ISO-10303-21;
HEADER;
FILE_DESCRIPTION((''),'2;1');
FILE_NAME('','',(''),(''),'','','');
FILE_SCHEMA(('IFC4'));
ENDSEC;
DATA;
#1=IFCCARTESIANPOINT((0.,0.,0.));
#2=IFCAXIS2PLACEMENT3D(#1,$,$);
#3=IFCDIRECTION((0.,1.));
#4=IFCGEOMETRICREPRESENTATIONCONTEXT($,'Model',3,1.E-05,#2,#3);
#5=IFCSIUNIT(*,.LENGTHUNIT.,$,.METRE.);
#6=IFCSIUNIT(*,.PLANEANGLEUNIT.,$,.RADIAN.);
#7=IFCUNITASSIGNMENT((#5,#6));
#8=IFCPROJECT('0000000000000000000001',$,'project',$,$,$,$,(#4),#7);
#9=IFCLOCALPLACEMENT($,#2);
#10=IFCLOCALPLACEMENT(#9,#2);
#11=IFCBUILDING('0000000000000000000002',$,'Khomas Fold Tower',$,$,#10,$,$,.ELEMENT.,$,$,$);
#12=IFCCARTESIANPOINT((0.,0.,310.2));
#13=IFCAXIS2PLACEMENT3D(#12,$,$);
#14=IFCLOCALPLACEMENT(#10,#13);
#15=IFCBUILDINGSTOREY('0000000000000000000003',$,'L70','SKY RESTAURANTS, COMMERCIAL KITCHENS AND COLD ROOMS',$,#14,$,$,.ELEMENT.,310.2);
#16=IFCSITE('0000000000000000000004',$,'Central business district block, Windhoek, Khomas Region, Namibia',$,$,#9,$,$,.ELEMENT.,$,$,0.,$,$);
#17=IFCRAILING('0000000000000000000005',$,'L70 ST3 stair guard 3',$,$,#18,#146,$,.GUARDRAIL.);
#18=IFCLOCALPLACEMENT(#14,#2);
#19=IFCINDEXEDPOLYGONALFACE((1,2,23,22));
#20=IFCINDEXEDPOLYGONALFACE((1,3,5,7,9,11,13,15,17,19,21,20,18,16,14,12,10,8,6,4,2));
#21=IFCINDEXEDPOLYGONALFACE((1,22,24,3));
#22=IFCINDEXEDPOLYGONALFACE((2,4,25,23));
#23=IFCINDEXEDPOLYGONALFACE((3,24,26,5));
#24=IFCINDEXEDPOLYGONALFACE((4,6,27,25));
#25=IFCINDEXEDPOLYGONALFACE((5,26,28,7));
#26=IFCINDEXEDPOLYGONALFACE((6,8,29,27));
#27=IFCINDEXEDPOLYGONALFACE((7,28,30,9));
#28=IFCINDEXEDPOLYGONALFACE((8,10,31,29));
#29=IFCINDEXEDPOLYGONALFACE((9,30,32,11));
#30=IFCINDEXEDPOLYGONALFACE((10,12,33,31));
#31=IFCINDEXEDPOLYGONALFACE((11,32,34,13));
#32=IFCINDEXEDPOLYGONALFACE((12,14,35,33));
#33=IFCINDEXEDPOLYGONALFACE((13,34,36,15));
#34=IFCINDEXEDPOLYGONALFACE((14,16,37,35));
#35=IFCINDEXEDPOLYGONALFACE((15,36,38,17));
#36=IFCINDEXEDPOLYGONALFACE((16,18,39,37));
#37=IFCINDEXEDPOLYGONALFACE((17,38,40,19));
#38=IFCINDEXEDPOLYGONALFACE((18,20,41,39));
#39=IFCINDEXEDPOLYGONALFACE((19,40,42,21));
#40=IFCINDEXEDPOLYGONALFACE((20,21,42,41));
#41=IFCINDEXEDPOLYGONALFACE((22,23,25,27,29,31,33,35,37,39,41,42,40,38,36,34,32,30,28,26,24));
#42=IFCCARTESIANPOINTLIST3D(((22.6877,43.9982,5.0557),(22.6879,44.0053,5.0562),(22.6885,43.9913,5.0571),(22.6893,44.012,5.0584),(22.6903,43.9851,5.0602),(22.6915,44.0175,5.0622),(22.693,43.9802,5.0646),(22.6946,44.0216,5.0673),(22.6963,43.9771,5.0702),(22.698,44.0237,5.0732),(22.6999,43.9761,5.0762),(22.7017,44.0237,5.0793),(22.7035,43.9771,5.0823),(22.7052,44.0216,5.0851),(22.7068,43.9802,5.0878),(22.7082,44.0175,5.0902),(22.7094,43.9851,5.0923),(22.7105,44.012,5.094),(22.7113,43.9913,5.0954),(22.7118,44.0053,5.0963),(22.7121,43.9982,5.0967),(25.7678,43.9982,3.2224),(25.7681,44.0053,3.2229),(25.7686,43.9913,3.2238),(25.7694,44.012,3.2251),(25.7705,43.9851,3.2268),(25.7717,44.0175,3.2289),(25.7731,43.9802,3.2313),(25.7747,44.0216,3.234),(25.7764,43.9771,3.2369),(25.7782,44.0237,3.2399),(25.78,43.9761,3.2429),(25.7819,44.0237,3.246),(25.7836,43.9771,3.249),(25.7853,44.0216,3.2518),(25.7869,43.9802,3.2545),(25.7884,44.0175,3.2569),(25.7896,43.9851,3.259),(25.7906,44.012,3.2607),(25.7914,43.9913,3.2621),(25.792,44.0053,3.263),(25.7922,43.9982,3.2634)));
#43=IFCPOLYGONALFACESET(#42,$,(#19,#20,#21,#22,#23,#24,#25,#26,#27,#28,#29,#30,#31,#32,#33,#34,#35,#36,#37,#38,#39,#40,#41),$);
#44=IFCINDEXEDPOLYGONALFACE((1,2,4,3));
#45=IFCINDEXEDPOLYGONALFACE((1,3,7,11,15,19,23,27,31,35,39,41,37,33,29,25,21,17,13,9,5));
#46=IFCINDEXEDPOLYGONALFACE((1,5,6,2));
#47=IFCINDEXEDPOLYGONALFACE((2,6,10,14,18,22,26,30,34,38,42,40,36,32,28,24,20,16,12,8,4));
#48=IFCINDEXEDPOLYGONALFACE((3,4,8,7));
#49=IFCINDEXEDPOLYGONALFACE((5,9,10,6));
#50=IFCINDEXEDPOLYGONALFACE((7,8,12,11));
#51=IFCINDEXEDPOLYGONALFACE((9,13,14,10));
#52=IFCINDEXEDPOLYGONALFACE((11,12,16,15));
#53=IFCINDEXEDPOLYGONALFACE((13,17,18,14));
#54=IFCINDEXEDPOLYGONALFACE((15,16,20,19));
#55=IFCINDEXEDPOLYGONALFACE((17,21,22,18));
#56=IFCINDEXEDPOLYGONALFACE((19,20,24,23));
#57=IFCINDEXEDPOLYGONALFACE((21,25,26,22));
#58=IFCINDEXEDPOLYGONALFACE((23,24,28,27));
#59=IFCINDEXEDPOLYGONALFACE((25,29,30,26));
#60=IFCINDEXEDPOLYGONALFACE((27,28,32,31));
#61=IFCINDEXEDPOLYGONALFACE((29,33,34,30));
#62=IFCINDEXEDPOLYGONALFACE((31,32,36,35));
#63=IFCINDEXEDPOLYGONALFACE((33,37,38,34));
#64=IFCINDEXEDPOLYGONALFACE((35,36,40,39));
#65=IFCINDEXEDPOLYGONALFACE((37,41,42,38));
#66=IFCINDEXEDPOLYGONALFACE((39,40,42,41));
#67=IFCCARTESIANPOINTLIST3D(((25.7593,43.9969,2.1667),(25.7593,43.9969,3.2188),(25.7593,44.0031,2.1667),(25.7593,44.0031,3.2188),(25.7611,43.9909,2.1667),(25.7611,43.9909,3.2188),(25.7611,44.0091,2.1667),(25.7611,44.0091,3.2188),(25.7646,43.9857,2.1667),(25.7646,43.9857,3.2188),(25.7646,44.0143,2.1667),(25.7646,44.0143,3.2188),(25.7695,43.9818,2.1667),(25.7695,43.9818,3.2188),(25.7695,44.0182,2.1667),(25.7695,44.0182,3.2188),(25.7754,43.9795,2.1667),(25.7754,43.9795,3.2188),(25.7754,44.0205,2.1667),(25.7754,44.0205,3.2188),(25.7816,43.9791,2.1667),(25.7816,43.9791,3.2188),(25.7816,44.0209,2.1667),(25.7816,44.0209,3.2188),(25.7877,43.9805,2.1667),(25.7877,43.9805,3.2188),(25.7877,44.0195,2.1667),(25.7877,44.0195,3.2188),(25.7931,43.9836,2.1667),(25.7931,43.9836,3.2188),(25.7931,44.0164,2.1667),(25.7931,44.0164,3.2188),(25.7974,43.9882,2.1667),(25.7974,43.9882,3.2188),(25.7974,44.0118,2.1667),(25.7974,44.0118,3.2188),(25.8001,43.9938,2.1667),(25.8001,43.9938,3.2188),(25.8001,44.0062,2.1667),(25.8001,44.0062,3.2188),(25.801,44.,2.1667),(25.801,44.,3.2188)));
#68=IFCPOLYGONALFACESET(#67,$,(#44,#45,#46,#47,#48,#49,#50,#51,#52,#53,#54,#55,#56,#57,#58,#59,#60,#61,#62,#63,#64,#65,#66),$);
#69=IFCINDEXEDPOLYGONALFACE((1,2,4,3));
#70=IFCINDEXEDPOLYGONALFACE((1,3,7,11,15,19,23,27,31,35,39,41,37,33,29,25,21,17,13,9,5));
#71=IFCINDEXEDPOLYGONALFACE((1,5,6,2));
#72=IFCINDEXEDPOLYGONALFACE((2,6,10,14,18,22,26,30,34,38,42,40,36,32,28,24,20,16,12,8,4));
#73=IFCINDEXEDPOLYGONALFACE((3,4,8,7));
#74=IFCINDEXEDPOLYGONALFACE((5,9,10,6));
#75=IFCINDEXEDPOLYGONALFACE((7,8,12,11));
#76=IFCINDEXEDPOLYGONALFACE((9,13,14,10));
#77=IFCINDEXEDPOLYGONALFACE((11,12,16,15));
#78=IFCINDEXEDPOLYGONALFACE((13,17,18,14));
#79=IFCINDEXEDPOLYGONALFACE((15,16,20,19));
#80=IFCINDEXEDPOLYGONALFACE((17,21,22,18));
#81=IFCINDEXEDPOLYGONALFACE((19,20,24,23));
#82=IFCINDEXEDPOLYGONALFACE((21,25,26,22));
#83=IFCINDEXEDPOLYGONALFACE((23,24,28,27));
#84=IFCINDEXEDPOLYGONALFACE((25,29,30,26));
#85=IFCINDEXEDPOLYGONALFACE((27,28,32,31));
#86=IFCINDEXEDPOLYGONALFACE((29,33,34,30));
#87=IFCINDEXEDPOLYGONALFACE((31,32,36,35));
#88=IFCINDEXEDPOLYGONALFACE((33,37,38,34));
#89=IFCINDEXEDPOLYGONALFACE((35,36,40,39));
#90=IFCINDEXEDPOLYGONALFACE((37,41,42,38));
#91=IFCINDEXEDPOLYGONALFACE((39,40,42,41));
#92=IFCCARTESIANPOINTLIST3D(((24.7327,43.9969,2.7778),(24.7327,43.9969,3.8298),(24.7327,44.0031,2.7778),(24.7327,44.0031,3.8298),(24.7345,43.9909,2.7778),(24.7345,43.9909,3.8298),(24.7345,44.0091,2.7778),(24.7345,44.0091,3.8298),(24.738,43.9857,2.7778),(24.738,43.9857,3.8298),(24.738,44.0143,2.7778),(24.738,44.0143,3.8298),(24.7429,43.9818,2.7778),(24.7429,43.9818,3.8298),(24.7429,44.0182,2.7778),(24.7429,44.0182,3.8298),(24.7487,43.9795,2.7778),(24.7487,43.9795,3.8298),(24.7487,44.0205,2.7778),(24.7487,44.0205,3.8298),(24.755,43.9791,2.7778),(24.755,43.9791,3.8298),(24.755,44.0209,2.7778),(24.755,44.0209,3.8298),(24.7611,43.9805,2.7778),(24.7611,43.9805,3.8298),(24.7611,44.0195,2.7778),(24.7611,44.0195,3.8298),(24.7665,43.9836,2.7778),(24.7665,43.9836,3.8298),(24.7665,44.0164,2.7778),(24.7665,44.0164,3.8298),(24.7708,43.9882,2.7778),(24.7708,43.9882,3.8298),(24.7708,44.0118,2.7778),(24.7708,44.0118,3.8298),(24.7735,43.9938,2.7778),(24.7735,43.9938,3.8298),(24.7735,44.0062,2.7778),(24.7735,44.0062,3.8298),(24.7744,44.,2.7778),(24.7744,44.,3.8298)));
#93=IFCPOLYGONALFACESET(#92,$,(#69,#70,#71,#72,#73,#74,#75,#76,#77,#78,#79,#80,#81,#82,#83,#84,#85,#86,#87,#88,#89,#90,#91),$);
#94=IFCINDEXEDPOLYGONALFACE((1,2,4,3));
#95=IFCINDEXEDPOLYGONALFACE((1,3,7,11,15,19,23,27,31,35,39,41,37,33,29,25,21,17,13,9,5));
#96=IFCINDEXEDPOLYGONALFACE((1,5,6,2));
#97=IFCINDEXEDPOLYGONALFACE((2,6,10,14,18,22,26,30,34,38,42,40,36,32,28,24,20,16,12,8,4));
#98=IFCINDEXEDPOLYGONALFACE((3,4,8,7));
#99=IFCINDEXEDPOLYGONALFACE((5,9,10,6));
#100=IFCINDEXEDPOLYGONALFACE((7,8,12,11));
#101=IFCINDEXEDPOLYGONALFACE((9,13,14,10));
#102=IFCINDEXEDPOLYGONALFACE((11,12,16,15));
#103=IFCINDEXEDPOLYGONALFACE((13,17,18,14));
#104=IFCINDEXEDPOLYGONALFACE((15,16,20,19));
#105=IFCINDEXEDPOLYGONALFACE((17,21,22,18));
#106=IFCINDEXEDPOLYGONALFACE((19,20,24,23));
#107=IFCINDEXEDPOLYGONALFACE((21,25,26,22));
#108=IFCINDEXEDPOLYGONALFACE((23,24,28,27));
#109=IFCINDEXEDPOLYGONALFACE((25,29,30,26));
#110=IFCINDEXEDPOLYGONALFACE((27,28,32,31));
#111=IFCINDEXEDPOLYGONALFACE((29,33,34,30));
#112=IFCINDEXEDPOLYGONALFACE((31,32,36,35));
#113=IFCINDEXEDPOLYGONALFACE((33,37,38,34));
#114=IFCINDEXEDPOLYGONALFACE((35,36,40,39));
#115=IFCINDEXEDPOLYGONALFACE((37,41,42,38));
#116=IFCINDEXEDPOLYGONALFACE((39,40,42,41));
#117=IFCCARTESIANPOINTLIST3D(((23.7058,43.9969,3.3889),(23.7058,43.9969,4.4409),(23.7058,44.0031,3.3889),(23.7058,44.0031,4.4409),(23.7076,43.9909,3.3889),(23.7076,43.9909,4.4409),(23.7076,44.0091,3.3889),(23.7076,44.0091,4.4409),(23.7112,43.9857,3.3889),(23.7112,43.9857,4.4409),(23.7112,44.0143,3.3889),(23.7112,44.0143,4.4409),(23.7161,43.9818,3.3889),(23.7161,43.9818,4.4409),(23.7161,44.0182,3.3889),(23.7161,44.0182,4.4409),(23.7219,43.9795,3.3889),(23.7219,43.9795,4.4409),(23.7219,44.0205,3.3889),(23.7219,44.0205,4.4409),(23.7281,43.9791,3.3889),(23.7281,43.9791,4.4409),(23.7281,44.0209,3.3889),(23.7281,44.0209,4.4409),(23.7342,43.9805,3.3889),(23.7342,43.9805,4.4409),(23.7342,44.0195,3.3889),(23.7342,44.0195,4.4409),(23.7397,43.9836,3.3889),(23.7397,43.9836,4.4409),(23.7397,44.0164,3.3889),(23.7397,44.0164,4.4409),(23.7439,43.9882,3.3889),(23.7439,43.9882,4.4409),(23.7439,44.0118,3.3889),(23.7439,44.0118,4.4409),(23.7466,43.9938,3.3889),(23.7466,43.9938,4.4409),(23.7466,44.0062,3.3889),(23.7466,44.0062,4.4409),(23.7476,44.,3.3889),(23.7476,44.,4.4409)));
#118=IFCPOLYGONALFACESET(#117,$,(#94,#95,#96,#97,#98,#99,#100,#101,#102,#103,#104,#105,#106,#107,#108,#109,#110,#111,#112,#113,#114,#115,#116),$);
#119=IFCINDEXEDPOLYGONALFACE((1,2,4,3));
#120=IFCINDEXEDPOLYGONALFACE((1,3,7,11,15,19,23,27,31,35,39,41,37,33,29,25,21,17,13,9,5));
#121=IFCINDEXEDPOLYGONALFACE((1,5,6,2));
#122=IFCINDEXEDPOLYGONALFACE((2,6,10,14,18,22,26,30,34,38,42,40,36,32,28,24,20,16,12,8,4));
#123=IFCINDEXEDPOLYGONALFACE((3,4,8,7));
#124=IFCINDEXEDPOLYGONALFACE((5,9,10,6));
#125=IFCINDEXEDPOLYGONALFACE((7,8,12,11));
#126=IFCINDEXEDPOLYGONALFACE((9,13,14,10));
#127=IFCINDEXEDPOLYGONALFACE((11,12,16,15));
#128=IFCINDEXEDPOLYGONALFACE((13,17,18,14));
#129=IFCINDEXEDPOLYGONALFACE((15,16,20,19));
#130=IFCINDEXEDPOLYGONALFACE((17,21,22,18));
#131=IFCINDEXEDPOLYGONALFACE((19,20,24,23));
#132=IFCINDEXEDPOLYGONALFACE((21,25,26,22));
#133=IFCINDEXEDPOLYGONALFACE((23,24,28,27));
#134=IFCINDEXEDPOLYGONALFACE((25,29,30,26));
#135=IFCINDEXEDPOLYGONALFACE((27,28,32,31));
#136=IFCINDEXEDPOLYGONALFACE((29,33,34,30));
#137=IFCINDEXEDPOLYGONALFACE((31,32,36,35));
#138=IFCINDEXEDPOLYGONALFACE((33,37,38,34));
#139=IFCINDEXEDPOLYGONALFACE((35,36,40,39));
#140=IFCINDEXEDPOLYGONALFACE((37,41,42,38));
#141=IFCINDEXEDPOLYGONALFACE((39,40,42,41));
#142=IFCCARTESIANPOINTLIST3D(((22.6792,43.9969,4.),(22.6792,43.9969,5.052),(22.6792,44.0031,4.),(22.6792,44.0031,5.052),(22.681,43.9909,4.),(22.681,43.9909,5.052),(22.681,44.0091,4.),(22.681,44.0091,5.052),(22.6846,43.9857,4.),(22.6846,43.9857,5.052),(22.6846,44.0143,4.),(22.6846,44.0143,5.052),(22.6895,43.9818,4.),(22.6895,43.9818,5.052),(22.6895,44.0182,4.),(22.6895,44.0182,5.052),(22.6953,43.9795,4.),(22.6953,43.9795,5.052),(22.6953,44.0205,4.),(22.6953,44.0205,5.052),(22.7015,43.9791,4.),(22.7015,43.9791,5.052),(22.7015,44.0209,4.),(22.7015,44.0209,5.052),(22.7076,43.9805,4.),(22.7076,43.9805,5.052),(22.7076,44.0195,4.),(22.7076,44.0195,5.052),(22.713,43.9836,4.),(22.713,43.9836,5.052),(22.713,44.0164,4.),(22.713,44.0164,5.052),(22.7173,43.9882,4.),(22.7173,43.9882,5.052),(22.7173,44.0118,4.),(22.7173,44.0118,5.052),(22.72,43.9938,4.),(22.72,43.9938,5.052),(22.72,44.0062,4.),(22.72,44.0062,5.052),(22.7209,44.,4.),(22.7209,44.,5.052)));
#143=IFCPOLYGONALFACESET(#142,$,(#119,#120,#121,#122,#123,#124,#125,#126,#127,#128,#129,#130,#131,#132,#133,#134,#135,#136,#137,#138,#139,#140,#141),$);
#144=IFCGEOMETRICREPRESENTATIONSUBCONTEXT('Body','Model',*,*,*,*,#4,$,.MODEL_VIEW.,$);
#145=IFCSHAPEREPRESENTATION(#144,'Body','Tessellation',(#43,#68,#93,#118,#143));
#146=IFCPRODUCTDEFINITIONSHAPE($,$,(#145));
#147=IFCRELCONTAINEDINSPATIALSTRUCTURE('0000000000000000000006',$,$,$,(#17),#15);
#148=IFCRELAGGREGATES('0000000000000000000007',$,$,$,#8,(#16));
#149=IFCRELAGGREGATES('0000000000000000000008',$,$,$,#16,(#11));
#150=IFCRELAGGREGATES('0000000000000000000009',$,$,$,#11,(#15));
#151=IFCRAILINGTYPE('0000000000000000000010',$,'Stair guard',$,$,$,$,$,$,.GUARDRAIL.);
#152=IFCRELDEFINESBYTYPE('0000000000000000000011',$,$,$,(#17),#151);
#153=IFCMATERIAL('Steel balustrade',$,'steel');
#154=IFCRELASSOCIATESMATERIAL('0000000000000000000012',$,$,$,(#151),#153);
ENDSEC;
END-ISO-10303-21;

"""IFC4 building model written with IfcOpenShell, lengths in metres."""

from ifc_helpers import new_model, si_unit, direction, frame, origin, origin_2d, place, context, subcontext, project, spatial, circle, extrude, source, transform, mapped, material, type_object, element, save


model = new_model("IFC4")

# Units and contexts
model_context = context("Model", 3, precision=1e-05, world=origin(), true_north=direction((0.0, 1.0)))
body_context = subcontext(model_context, "Body", "Model", "MODEL_VIEW")
ifc_project = project(units=[si_unit("LENGTHUNIT", "METRE"), si_unit("PLANEANGLEUNIT", "RADIAN")], contexts=[model_context])

# Site, building, storey
site_placement = place(None, origin())
site = spatial("IfcSite", under=ifc_project, at=site_placement, Name="Central business district block, Windhoek, Khomas Region, Namibia", CompositionType="ELEMENT", RefElevation=0.0)
building_placement = place(site_placement, origin())
building = spatial("IfcBuilding", under=site, at=building_placement, Name="Khomas Fold Tower", CompositionType="ELEMENT")
storey_placement = place(building_placement, frame((0.0, 0.0, 310.2)))
storey = spatial("IfcBuildingStorey", under=building, at=storey_placement, Name="L70", Description="SKY RESTAURANTS, COMMERCIAL KITCHENS AND COLD ROOMS", CompositionType="ELEMENT", Elevation=310.2)

# Railing
ifc_material_1 = material(Name="Steel balustrade", Category="steel")
railing_type_1 = type_object("IfcRailingType", Name="Stair guard", PredefinedType="GUARDRAIL", material=ifc_material_1)
shared_shape_1 = source(origin(), body_context, "Body", "SweptSolid", [
    extrude(circle(Radius=0.0239, at=origin_2d()), frame((0.0, 0.0, 1.0762), z_axis=(-0.859309, 0.0, 0.511458), x_axis=(0.0, -1.0, 0.0)), (0.0, 0.0, 1.0), 3.5845),
    extrude(circle(Radius=0.021, at=origin_2d()), origin(), (0.0, 0.0, 1.0), 1.052),
    extrude(circle(Radius=0.021, at=origin_2d()), frame((-1.0266, 0.0, 0.6111)), (0.0, 0.0, 1.0), 1.052),
    extrude(circle(Radius=0.021, at=origin_2d()), frame((-2.0535, 0.0, 1.2222)), (0.0, 0.0, 1.0), 1.052),
    extrude(circle(Radius=0.021, at=origin_2d()), frame((-3.0801, 0.0, 1.8333)), (0.0, 0.0, 1.0), 1.052),
])
railing_1_placement = place(storey_placement, frame((25.78, 44.0, 2.1667)))
element("IfcRailing", 1, at=railing_1_placement, inside=storey, type_object=railing_type_1, Name="L70 ST3 stair guard 3", PredefinedType="GUARDRAIL", context=body_context, shape_type="MappedRepresentation", body=[
    mapped(shared_shape_1, transform((0.0, 0.0, 0.0))),
])

save(model, "model.ifc")
